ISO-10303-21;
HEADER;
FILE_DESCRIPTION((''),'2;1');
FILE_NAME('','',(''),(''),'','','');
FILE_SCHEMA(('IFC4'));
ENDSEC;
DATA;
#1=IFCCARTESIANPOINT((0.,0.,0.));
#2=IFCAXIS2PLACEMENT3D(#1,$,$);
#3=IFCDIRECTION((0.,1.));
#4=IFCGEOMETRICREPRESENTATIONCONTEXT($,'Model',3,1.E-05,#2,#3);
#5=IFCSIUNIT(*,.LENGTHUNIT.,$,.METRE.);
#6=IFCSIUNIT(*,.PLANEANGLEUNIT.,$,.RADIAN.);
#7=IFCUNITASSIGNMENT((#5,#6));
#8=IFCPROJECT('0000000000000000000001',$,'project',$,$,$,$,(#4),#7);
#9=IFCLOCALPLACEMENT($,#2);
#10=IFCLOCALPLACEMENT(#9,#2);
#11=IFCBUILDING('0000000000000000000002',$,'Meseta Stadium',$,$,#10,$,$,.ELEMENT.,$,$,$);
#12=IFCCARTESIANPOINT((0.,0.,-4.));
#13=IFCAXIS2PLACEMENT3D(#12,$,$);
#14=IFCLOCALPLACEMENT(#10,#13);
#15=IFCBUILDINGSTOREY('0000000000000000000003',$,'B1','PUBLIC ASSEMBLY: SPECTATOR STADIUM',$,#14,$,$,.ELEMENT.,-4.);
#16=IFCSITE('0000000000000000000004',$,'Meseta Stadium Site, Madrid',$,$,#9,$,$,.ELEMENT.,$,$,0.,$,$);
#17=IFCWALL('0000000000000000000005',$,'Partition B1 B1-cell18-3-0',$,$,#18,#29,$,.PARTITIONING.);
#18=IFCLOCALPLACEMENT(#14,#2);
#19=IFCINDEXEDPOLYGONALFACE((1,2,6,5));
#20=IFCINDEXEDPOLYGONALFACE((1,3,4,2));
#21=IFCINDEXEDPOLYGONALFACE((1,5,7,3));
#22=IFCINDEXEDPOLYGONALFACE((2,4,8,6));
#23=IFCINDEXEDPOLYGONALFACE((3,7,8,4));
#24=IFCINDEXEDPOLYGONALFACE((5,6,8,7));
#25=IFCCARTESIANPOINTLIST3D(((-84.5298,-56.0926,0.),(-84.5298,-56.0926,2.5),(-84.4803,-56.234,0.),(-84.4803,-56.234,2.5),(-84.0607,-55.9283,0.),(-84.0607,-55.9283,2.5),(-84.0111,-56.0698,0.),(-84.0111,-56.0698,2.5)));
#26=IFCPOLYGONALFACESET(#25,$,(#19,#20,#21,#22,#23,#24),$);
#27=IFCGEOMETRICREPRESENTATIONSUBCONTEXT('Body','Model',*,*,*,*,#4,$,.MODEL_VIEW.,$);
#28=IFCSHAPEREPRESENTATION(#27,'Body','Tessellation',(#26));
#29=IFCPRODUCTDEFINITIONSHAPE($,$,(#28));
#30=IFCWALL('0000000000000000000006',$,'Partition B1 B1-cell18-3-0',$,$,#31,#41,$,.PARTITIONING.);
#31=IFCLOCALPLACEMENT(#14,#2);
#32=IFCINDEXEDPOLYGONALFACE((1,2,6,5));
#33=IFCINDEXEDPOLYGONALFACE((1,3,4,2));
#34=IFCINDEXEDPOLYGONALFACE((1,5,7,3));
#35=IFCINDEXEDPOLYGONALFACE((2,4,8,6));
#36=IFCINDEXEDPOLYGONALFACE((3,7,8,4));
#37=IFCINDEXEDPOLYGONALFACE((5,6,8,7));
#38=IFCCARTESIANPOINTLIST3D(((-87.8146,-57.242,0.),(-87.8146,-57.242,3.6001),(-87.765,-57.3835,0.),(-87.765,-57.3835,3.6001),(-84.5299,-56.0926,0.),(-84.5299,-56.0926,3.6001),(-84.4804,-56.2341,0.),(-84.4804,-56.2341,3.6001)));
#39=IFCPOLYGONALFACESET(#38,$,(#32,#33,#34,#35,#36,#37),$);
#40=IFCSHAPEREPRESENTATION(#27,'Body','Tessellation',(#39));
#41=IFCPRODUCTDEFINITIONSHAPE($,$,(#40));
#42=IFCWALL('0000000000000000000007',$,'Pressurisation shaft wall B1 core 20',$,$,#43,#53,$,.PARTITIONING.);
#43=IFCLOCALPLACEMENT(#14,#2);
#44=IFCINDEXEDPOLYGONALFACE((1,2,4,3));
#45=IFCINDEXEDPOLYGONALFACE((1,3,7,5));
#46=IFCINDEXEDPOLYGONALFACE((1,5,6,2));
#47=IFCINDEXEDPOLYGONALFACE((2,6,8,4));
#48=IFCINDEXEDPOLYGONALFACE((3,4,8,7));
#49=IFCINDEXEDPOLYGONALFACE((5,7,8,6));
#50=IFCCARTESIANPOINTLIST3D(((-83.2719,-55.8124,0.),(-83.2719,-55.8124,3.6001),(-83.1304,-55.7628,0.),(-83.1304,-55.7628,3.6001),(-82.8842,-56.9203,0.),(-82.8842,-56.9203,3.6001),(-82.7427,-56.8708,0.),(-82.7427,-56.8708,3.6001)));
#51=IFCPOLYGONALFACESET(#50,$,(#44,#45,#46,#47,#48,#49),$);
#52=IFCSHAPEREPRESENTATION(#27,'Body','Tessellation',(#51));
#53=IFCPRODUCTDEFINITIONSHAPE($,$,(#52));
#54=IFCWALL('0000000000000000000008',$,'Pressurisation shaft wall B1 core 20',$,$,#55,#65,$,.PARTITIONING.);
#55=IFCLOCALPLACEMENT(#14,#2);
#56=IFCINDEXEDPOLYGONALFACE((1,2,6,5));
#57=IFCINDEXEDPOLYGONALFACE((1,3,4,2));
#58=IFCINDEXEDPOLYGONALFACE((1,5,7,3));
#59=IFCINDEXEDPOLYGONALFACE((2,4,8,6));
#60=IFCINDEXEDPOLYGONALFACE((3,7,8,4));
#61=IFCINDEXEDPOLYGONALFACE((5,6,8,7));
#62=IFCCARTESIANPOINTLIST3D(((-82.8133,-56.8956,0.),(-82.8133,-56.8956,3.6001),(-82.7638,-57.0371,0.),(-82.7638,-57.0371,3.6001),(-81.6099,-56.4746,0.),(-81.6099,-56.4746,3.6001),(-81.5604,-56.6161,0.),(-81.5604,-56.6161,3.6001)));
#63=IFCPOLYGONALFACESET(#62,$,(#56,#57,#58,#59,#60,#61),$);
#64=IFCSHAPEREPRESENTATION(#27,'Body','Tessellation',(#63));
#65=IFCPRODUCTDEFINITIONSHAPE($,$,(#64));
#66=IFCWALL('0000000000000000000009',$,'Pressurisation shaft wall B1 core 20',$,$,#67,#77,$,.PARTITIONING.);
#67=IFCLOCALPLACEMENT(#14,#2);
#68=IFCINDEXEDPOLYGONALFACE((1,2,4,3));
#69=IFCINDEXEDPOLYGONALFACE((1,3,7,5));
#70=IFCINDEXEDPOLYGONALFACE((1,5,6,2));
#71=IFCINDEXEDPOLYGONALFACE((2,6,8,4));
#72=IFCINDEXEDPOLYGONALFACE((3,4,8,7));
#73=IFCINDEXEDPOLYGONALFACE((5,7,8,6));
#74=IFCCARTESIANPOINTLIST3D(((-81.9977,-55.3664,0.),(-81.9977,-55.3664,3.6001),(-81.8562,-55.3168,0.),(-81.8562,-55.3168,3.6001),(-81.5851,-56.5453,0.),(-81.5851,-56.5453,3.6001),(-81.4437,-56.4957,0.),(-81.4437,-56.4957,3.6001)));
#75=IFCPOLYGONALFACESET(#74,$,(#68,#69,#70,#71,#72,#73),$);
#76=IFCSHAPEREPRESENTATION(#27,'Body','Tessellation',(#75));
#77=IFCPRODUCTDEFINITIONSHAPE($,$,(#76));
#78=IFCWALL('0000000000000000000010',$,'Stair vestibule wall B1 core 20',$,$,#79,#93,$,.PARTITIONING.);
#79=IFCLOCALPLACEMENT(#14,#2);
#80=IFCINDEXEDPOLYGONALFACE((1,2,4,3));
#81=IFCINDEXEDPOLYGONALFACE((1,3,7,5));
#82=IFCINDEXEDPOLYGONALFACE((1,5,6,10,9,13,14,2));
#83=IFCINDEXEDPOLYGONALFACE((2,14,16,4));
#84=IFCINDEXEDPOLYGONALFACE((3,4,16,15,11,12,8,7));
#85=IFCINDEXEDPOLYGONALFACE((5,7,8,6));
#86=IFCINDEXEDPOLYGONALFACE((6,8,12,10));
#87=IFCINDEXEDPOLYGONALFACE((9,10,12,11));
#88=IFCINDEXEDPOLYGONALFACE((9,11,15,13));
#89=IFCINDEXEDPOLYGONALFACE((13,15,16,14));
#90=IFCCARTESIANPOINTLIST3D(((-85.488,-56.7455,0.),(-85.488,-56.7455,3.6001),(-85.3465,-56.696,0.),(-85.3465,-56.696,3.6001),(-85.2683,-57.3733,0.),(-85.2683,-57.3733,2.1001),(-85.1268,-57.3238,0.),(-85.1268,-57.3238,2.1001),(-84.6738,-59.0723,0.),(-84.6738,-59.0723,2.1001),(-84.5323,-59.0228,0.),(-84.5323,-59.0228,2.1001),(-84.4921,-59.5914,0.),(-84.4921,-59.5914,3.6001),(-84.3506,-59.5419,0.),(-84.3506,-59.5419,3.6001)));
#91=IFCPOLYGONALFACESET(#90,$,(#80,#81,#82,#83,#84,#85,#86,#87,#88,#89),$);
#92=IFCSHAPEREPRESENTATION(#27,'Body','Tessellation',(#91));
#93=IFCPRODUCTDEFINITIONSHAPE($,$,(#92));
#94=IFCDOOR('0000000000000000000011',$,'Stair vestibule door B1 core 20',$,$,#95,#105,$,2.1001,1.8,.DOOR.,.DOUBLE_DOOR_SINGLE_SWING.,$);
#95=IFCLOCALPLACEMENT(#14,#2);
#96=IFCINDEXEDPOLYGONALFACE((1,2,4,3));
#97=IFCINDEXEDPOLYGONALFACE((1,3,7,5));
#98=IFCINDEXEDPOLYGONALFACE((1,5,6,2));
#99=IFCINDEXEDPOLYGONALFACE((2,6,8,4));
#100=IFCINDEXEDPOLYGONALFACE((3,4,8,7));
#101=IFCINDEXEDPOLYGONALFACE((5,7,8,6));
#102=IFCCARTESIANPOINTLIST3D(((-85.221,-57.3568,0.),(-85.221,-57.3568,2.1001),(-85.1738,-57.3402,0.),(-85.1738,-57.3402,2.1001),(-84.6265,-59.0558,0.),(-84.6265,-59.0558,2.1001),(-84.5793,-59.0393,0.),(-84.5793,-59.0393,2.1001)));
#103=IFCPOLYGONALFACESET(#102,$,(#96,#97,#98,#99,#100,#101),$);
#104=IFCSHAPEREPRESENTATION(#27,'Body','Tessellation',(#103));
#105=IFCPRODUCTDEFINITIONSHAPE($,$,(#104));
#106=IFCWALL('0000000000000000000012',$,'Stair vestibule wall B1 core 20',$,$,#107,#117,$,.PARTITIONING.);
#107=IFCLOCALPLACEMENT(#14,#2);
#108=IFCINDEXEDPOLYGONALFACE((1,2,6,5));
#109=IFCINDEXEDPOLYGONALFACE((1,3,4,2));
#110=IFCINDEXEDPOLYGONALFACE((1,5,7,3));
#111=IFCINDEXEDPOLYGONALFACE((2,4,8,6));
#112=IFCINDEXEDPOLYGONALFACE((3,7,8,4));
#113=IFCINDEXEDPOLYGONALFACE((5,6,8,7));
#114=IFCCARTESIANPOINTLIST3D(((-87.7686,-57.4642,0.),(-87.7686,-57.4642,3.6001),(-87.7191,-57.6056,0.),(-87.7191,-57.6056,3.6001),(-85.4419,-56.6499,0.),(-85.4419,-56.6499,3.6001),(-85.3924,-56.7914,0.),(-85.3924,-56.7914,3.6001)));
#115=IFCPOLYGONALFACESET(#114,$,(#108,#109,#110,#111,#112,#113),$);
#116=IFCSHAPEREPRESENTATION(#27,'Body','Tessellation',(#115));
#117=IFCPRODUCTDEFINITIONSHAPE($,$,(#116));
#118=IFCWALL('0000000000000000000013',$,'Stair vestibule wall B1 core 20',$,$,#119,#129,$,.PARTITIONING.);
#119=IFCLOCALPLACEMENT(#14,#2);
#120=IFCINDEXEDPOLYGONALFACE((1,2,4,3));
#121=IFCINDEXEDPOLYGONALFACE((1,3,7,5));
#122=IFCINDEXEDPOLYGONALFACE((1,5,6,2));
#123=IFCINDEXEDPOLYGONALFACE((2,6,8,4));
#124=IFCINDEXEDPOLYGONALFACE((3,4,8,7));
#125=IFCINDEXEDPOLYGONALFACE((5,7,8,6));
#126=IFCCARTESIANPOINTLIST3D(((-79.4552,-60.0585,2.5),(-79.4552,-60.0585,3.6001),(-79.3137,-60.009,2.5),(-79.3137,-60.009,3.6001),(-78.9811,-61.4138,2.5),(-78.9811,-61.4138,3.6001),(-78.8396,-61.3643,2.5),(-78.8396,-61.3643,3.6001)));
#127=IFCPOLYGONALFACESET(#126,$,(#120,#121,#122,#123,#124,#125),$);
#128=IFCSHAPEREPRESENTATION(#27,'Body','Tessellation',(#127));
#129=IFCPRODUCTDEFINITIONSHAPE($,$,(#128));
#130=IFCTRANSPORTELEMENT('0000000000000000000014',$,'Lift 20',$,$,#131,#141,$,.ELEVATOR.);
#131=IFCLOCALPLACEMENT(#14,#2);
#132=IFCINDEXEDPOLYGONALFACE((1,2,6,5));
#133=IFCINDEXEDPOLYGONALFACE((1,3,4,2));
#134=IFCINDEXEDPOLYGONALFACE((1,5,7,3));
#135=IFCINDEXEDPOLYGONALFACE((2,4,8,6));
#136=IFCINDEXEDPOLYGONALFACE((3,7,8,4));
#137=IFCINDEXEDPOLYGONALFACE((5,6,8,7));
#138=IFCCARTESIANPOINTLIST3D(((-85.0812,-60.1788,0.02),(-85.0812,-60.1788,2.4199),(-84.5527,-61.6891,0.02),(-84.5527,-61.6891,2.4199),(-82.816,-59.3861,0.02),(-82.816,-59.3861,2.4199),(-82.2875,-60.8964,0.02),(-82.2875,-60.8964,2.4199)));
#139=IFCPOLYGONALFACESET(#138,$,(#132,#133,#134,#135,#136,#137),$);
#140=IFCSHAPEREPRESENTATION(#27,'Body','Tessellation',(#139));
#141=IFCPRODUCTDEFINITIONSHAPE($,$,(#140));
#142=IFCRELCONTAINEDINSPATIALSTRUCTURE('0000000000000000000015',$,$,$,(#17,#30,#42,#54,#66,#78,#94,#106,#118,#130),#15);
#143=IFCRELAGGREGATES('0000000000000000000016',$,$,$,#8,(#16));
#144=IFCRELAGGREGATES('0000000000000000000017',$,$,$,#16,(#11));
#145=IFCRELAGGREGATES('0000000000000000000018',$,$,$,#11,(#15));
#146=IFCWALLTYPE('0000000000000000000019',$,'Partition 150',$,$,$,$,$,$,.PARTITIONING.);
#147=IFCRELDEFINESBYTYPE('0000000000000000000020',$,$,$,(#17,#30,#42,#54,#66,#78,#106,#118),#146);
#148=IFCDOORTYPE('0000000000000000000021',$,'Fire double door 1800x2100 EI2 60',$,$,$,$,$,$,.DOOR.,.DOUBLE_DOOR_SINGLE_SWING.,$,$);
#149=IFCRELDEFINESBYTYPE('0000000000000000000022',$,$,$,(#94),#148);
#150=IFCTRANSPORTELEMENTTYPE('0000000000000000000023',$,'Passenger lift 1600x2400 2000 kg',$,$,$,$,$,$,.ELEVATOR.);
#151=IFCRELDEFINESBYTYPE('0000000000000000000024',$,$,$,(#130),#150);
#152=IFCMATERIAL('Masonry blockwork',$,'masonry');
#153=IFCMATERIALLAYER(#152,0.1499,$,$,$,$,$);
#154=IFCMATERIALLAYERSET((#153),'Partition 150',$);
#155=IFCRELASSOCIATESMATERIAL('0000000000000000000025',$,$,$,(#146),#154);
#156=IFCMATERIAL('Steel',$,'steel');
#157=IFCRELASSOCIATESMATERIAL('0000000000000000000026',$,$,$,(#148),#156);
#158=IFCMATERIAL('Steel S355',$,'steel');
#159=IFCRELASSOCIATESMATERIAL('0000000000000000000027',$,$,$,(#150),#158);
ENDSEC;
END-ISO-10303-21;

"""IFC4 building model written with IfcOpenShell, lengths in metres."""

from ifc_helpers import new_model, si_unit, direction, frame, frame_2d, origin, origin_2d, place, context, subcontext, project, spatial, rectangle, extrude, material, layer, layer_set, type_object, element, fill, save


model = new_model("IFC4")

# Units and contexts
model_context = context("Model", 3, precision=1e-05, world=origin(), true_north=direction((0.0, 1.0)))
body_context = subcontext(model_context, "Body", "Model", "MODEL_VIEW")
ifc_project = project(units=[si_unit("LENGTHUNIT", "METRE"), si_unit("PLANEANGLEUNIT", "RADIAN")], contexts=[model_context])

# Site, building, storey
site_placement = place(None, origin())
site = spatial("IfcSite", under=ifc_project, at=site_placement, Name="Meseta Stadium Site, Madrid", CompositionType="ELEMENT", RefElevation=0.0)
building_placement = place(site_placement, origin())
building = spatial("IfcBuilding", under=site, at=building_placement, Name="Meseta Stadium", CompositionType="ELEMENT")
storey_placement = place(building_placement, frame((0.0, 0.0, -4.0)))
storey = spatial("IfcBuildingStorey", under=building, at=storey_placement, Name="B1", Description="PUBLIC ASSEMBLY: SPECTATOR STADIUM", CompositionType="ELEMENT", Elevation=-4.0)

# Walls
ifc_material_1 = material(Name="Masonry blockwork", Category="masonry")
ifc_layer_1 = layer(ifc_material_1, 0.1499)
ifc_layer_set_1 = layer_set([ifc_layer_1], Name="Partition 150")
wall_type_1 = type_object("IfcWallType", Name="Partition 150", PredefinedType="PARTITIONING", material=ifc_layer_set_1)
for number, where, z_axis, x_axis, name in (
    (1, (-84.0359, -55.999, 0.0), (0.0, 0.0, 1.0), (-0.943812, -0.330482, 0.0), "Partition B1 B1-cell18-3-0"),
):
    element("IfcWall", number, at=place(storey_placement, frame(where, z_axis=z_axis, x_axis=x_axis)), inside=storey, type_object=wall_type_1, Name=name, PredefinedType="PARTITIONING", context=body_context, shape_type="SweptSolid", body=[
        extrude(rectangle(XDim=0.4971, YDim=0.1499, at=frame_2d((0.2485, 0.0))), origin(), (0.0, 0.0, 1.0), 2.5),
    ])
wall_1_placement = place(storey_placement, frame((-84.5051, -56.1633, 0.0), z_axis=(0.0, 0.0, 1.0), x_axis=(-0.943878, -0.330294, 0.0)))
element("IfcWall", 2, at=wall_1_placement, inside=storey, type_object=wall_type_1, Name="Partition B1 B1-cell18-3-0", PredefinedType="PARTITIONING", context=body_context, shape_type="SweptSolid", body=[
    extrude(rectangle(XDim=3.48, YDim=0.1499, at=frame_2d((1.74, 0.0))), origin(), (0.0, 0.0, 1.0), 3.6001),
])
wall_2_placement = place(storey_placement, frame((-83.2012, -55.7876, 0.0), z_axis=(0.0, 0.0, 1.0), x_axis=(0.330295, -0.943878, 0.0)))
element("IfcWall", 3, at=wall_2_placement, inside=storey, type_object=wall_type_1, Name="Pressurisation shaft wall B1 core 20", PredefinedType="PARTITIONING", context=body_context, shape_type="SweptSolid", body=[
    extrude(rectangle(XDim=1.1738, YDim=0.1499, at=frame_2d((0.5869, 0.0))), origin(), (0.0, 0.0, 1.0), 3.6001),
])
wall_3_placement = place(storey_placement, frame((-82.7886, -56.9663, 0.0), z_axis=(0.0, 0.0, 1.0), x_axis=(0.943927, 0.330154, 0.0)))
element("IfcWall", 4, at=wall_3_placement, inside=storey, type_object=wall_type_1, Name="Pressurisation shaft wall B1 core 20", PredefinedType="PARTITIONING", context=body_context, shape_type="SweptSolid", body=[
    extrude(rectangle(XDim=1.2749, YDim=0.1499, at=frame_2d((0.6375, 0.0))), origin(), (0.0, 0.0, 1.0), 3.6001),
])
wall_4_placement = place(storey_placement, frame((-81.5144, -56.5205, 0.0), z_axis=(0.0, 0.0, 1.0), x_axis=(-0.330324, 0.943867, 0.0)))
element("IfcWall", 5, at=wall_4_placement, inside=storey, type_object=wall_type_1, Name="Pressurisation shaft wall B1 core 20", PredefinedType="PARTITIONING", context=body_context, shape_type="SweptSolid", body=[
    extrude(rectangle(XDim=1.249, YDim=0.1499, at=frame_2d((0.6245, 0.0))), origin(), (0.0, 0.0, 1.0), 3.6001),
])

# Wall, opening, door
wall_5_placement = place(storey_placement, frame((-84.4214, -59.5667, 0.0), z_axis=(0.0, 0.0, 1.0), x_axis=(-0.330282, 0.943882, 0.0)))
wall_5 = element("IfcWall", 6, at=wall_5_placement, inside=storey, type_object=wall_type_1, Name="Stair vestibule wall B1 core 20", PredefinedType="PARTITIONING", context=body_context, shape_type="SweptSolid", body=[
    extrude(rectangle(XDim=3.0151, YDim=0.1499, at=frame_2d((1.5076, 0.0))), origin(), (0.0, 0.0, 1.0), 3.6001),
])
opening_1_placement = place(wall_5_placement, frame((0.55, 0.0, 0.0)))
opening_1 = element("IfcOpeningElement", 7, at=opening_1_placement, cuts=wall_5, PredefinedType="OPENING", context=body_context, shape_type="SweptSolid", body=[
    extrude(rectangle(XDim=1.8, YDim=2.1001, at=frame_2d((0.8999, 1.05))), frame((0.0, 0.085, 0.0), z_axis=(0.0, -1.0, 0.0), x_axis=(1.0, 0.0, 0.0)), (0.0, 0.0, 1.0), 0.1699),
])
ifc_material_2 = material(Name="Steel", Category="steel")
door_type_1 = type_object("IfcDoorType", Name="Fire double door 1800x2100 EI2 60", OperationType="DOUBLE_DOOR_SINGLE_SWING", PredefinedType="DOOR", material=ifc_material_2)
door_1_placement = place(opening_1_placement, origin())
door_1 = element("IfcDoor", 8, at=door_1_placement, inside=storey, type_object=door_type_1, Name="Stair vestibule door B1 core 20", OperationType="DOUBLE_DOOR_SINGLE_SWING", OverallHeight=2.1001, OverallWidth=1.8, PredefinedType="DOOR", context=body_context, shape_type="SweptSolid", body=[
    extrude(rectangle(XDim=1.8, YDim=2.1001, at=frame_2d((0.8999, 1.05))), frame((0.0, 0.0249, 0.0), z_axis=(0.0, -1.0, 0.0), x_axis=(1.0, 0.0, 0.0)), (0.0, 0.0, 1.0), 0.05),
])
fill(opening_1, door_1)

# Walls
wall_6_placement = place(storey_placement, frame((-85.4172, -56.7207, 0.0), z_axis=(0.0, 0.0, 1.0), x_axis=(-0.943874, -0.330306, 0.0)))
element("IfcWall", 9, at=wall_6_placement, inside=storey, type_object=wall_type_1, Name="Stair vestibule wall B1 core 20", PredefinedType="PARTITIONING", context=body_context, shape_type="SweptSolid", body=[
    extrude(rectangle(XDim=2.4651, YDim=0.1499, at=frame_2d((1.2324, 0.0))), origin(), (0.0, 0.0, 1.0), 3.6001),
])
wall_7_placement = place(storey_placement, frame((-78.9104, -61.3889, 2.5), z_axis=(0.0, 0.0, 1.0), x_axis=(-0.330222, 0.943903, 0.0)))
element("IfcWall", 10, at=wall_7_placement, inside=storey, type_object=wall_type_1, Name="Stair vestibule wall B1 core 20", PredefinedType="PARTITIONING", context=body_context, shape_type="SweptSolid", body=[
    extrude(rectangle(XDim=1.4358, YDim=0.1499, at=frame_2d((0.7178, 0.0))), origin(), (0.0, 0.0, 1.0), 1.1001),
])

# Transport element
ifc_material_3 = material(Name="Steel S355", Category="steel")
transport_element_type = type_object("IfcTransportElementType", Name="Passenger lift 1600x2400 2000 kg", PredefinedType="ELEVATOR", material=ifc_material_3)
transport_element_placement = place(storey_placement, frame((-83.6843, -60.5376, 0.02), z_axis=(0.0, 0.0, 1.0), x_axis=(0.943883, 0.330279, 0.0)))
element("IfcTransportElement", 11, at=transport_element_placement, inside=storey, type_object=transport_element_type, Name="Lift 20", PredefinedType="ELEVATOR", context=body_context, shape_type="SweptSolid", body=[
    extrude(rectangle(XDim=2.3999, YDim=1.6001, at=origin_2d()), origin(), (0.0, 0.0, 1.0), 2.3999),
])

save(model, "model.ifc")
